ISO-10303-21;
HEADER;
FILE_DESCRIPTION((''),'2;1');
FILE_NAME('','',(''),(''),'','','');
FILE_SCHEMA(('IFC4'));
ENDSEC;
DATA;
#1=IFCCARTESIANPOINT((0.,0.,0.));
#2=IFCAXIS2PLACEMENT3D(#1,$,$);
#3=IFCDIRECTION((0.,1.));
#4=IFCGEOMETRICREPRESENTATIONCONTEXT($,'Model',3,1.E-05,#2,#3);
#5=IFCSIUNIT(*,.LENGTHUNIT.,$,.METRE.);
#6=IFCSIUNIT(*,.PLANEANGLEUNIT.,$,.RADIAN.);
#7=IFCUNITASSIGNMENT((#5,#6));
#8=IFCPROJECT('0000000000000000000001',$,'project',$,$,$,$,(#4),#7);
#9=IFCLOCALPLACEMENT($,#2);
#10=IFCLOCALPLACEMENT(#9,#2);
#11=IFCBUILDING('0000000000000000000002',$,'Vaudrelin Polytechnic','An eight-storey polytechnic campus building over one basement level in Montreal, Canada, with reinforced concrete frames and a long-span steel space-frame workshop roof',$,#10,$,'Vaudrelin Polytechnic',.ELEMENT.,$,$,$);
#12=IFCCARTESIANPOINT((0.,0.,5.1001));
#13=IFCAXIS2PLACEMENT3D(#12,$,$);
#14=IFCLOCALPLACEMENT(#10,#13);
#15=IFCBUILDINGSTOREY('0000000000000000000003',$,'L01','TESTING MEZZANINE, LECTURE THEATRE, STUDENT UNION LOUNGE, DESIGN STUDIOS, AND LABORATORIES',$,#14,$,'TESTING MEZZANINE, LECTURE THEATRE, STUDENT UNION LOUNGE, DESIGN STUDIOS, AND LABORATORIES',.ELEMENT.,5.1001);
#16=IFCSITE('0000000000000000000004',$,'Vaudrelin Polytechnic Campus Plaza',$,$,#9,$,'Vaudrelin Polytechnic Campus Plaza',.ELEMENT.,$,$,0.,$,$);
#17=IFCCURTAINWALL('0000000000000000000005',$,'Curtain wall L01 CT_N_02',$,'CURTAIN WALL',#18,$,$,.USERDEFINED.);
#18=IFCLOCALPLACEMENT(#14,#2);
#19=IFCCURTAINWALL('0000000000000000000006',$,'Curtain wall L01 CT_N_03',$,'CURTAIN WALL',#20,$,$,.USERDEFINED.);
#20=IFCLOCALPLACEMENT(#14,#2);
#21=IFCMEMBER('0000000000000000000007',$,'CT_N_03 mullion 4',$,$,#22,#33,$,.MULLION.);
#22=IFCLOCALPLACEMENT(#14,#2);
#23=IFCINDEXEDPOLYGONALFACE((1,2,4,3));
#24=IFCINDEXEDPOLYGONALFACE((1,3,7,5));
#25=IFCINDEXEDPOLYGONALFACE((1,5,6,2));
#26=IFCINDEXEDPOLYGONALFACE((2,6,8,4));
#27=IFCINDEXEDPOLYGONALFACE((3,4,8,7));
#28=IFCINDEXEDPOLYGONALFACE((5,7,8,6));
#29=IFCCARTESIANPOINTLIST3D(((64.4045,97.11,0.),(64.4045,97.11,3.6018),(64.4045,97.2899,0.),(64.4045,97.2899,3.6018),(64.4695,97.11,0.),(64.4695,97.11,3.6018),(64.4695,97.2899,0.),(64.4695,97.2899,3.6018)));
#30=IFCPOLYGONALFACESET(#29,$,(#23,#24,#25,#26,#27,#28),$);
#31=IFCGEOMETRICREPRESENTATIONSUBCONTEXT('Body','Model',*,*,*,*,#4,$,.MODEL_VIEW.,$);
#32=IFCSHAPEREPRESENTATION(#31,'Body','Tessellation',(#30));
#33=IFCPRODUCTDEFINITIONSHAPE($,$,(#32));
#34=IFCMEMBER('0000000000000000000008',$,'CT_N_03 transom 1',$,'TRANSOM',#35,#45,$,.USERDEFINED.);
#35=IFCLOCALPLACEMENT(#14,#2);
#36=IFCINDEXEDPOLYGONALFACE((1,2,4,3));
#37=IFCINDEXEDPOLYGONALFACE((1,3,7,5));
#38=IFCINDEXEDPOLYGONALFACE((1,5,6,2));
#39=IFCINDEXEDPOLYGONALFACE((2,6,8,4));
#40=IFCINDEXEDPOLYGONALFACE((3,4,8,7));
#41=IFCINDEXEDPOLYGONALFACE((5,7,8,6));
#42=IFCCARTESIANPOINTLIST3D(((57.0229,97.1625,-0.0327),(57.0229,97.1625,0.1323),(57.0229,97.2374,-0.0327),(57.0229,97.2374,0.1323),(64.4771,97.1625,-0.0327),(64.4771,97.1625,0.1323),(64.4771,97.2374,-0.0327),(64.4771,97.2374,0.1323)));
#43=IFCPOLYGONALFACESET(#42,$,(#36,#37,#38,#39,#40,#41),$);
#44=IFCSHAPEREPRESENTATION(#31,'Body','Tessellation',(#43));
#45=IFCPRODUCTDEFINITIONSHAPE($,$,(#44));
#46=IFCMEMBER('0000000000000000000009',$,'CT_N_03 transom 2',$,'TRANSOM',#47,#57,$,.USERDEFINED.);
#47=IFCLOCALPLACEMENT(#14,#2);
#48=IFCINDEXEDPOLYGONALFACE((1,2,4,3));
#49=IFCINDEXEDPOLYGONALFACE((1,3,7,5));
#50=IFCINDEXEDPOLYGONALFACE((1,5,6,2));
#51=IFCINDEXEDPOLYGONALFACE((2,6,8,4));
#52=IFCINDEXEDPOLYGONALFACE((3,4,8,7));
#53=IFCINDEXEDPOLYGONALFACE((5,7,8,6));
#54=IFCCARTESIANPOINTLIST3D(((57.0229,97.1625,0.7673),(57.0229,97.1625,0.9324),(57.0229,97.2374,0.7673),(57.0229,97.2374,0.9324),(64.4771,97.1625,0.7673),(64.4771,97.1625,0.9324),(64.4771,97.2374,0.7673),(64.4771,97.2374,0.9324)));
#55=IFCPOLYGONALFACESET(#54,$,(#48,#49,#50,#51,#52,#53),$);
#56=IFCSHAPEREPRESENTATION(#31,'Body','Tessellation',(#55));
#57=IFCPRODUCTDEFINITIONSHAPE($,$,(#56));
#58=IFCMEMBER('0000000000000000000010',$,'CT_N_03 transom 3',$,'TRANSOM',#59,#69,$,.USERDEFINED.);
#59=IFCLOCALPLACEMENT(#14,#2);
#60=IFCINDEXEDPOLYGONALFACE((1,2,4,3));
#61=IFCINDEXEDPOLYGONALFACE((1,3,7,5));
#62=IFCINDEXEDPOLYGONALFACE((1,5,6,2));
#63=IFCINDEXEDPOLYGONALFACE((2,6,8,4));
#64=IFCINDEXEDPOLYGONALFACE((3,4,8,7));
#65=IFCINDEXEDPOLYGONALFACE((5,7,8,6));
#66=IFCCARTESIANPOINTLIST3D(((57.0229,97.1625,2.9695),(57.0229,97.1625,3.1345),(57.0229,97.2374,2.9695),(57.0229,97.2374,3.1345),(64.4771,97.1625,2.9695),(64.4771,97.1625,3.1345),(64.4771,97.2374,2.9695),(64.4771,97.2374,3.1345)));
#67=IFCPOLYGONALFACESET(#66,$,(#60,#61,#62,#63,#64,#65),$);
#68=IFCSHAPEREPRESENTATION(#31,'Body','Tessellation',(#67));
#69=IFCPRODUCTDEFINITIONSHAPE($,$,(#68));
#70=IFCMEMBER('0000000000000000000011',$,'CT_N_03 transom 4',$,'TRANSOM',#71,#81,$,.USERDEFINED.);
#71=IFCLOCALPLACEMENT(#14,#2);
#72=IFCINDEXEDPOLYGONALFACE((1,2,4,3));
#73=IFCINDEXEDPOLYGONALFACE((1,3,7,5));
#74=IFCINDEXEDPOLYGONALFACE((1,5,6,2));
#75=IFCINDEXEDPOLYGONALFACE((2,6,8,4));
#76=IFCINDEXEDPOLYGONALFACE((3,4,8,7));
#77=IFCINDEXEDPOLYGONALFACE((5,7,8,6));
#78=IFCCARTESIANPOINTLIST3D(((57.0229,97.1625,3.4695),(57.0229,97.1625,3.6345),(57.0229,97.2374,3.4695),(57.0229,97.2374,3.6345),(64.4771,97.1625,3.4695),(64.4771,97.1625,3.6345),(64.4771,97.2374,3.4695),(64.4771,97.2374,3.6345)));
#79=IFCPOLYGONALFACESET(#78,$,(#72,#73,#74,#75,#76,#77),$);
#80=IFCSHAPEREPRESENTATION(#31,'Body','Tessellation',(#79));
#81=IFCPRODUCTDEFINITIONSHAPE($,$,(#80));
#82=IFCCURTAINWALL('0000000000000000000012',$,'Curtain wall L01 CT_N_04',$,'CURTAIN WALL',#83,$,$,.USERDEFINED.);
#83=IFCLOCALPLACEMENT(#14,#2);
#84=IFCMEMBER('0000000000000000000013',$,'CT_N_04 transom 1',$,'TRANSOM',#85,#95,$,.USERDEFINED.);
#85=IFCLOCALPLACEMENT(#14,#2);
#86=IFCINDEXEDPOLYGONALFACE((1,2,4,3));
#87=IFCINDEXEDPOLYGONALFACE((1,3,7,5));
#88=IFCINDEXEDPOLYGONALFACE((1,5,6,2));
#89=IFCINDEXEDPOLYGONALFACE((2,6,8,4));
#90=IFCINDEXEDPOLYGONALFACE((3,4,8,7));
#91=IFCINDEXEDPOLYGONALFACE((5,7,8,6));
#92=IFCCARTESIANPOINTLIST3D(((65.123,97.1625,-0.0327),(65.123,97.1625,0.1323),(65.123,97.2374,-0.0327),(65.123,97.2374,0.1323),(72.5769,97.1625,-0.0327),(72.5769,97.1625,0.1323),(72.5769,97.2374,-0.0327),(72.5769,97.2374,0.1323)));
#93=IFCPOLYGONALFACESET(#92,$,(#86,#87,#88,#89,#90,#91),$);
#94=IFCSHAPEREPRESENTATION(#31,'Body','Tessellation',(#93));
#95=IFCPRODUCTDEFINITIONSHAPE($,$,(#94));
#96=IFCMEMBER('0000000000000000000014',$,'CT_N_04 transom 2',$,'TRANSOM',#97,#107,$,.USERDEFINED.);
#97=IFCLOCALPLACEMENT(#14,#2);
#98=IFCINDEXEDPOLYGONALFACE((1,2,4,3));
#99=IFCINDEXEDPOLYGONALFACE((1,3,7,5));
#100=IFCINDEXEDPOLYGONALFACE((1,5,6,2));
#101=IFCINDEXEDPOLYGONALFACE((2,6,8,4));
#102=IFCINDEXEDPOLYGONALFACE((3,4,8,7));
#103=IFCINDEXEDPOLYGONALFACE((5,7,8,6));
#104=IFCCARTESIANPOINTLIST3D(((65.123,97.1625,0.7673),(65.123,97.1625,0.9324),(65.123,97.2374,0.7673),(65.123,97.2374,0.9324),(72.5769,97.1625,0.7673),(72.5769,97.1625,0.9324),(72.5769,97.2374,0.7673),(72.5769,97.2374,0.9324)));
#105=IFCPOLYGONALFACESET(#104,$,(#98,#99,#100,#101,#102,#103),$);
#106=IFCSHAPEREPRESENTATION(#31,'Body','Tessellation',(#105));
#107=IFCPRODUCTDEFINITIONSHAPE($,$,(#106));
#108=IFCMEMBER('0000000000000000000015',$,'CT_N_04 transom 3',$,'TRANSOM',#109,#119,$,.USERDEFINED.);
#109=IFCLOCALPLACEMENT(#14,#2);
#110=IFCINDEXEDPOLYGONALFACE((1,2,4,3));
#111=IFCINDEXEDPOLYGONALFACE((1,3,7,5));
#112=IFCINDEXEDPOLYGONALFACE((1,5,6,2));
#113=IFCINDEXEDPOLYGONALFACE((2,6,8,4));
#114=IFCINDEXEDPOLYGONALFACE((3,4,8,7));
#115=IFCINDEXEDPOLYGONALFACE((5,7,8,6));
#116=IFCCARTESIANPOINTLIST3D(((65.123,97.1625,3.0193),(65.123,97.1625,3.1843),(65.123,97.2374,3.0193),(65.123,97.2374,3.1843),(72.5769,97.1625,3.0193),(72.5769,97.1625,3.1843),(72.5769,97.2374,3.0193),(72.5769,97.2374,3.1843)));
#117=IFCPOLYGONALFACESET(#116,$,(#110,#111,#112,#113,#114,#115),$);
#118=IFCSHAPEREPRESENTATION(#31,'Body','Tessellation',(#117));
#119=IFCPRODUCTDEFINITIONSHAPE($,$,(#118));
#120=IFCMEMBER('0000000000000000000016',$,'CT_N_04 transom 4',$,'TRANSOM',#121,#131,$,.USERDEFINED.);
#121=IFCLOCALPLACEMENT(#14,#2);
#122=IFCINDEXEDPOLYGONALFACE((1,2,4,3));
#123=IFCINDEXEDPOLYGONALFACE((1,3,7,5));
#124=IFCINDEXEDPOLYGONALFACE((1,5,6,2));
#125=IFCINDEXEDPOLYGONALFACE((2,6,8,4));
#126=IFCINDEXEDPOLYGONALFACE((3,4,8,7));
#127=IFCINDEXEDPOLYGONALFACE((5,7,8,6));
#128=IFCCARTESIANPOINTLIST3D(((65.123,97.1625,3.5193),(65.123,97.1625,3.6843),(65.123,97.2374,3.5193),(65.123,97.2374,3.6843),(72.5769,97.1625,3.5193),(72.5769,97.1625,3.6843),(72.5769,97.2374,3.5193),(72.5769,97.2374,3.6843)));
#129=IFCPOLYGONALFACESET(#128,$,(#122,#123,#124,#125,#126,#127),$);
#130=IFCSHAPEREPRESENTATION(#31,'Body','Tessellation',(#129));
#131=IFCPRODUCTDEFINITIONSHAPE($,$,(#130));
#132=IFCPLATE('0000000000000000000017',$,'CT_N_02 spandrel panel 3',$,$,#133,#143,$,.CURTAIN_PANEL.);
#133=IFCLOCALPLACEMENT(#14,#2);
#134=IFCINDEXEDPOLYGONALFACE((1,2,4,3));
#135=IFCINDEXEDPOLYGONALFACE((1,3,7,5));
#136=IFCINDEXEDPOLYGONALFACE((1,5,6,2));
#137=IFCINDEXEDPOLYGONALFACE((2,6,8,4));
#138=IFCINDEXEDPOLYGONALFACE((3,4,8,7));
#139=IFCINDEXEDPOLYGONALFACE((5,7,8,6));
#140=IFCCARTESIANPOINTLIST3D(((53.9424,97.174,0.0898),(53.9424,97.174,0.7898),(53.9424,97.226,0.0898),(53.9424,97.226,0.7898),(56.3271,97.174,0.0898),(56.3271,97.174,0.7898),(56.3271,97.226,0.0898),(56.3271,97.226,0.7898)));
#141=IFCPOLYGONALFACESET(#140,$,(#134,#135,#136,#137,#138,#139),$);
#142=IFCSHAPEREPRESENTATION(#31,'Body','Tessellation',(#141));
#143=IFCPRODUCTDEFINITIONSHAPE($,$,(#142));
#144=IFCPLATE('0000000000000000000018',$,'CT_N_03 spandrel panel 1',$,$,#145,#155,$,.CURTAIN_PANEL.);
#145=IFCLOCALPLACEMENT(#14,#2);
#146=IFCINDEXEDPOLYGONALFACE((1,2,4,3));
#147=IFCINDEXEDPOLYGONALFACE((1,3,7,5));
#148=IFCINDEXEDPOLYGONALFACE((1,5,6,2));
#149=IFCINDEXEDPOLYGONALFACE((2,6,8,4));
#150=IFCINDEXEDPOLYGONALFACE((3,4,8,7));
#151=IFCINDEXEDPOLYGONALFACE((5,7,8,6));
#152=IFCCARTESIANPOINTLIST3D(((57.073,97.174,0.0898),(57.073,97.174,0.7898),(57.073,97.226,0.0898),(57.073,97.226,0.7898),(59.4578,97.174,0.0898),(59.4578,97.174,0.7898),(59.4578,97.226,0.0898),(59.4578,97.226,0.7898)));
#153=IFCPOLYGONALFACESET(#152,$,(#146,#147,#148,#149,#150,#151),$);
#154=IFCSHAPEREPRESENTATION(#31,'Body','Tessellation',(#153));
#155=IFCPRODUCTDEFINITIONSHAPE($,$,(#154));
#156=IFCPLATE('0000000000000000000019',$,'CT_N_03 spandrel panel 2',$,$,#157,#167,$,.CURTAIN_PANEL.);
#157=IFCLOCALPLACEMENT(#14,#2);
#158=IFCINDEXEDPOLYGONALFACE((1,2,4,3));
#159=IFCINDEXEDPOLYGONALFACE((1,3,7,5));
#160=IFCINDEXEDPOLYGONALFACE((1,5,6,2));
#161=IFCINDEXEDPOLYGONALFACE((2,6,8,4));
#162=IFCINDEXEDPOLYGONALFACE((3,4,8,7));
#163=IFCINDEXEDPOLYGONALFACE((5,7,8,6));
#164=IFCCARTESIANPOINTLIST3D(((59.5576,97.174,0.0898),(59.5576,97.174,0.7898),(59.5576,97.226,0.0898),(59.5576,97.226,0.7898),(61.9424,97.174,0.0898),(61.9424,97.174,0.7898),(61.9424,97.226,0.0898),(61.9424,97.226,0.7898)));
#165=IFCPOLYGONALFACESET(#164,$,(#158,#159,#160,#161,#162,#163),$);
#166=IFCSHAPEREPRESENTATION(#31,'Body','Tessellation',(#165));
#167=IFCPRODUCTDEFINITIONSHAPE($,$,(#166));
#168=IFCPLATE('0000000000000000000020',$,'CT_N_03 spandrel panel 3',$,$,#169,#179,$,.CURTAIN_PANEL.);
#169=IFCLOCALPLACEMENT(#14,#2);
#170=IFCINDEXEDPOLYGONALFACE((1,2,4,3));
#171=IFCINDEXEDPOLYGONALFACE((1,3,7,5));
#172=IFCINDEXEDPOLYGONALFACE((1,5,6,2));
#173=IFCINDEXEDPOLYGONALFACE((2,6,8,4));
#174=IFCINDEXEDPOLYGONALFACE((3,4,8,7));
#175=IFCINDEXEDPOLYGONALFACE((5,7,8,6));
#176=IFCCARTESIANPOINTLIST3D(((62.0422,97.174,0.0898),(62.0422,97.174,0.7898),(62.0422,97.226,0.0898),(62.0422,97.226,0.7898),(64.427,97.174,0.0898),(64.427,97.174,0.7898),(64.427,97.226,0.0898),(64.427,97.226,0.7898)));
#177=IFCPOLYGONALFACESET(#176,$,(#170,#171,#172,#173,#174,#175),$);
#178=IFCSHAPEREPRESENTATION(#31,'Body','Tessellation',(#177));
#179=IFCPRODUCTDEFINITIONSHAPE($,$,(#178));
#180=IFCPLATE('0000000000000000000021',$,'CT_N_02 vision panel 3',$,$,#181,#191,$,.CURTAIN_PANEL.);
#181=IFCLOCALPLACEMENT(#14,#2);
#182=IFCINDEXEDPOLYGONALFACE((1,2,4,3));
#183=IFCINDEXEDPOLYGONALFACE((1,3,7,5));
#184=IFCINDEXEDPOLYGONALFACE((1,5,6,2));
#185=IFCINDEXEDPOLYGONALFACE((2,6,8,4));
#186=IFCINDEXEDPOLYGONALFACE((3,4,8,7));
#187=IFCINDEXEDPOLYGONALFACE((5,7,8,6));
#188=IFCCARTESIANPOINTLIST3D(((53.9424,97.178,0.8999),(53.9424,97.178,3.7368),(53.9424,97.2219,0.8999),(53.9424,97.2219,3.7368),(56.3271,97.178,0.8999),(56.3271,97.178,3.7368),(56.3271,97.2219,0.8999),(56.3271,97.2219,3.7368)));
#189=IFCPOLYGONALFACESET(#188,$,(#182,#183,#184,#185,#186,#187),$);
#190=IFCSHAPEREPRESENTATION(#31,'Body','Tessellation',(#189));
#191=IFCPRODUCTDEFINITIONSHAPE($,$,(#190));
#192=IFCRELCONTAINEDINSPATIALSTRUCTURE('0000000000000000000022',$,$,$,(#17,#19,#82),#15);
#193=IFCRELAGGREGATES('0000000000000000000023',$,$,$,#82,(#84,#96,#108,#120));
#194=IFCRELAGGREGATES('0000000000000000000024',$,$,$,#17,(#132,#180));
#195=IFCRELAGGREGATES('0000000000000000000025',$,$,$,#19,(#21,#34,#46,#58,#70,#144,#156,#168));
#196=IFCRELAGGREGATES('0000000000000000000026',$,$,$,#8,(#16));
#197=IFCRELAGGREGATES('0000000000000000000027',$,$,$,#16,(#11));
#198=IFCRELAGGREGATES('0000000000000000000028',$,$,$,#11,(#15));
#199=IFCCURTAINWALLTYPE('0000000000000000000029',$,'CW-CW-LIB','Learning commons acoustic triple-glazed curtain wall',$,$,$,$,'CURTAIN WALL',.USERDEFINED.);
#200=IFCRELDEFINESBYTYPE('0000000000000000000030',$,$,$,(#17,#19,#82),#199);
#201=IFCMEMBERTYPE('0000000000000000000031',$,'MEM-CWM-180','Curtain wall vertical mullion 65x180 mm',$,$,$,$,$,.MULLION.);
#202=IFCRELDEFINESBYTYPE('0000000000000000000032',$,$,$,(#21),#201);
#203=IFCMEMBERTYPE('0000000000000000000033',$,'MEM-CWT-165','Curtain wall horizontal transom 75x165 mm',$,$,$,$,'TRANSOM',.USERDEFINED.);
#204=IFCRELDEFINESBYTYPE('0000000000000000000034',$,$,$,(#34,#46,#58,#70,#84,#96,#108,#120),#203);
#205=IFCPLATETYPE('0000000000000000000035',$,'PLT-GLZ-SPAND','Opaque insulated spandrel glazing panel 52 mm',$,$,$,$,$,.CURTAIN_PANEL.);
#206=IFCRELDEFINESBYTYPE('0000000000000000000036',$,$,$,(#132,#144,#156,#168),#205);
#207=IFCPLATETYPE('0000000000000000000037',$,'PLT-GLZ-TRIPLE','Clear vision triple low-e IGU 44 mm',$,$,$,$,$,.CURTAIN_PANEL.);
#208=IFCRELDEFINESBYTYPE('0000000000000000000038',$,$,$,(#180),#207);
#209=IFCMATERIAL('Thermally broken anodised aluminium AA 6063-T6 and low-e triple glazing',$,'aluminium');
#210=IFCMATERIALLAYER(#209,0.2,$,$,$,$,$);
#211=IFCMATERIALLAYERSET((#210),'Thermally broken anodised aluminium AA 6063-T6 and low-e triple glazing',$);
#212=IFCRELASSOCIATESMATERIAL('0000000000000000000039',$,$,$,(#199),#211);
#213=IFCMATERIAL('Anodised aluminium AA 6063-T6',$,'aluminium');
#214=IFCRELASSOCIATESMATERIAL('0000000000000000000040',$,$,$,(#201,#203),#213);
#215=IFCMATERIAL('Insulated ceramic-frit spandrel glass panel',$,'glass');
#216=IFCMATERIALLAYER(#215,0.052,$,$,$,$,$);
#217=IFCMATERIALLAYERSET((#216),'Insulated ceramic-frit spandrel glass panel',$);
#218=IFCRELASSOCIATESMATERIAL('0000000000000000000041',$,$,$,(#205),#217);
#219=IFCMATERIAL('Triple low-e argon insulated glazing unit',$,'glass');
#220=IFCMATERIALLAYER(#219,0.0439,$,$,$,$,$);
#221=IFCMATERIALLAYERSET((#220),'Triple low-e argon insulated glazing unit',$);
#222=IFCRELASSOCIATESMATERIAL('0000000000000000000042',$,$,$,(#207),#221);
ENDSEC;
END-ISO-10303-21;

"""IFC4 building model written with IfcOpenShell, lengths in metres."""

from ifc_helpers import new_model, si_unit, direction, frame, origin, origin_2d, place, context, subcontext, project, spatial, rectangle, extrude, material, layer, layer_set, material_profile, profile_set, type_object, element, aggregate, save


model = new_model("IFC4")

# Units and contexts
model_context = context("Model", 3, precision=1e-05, world=origin(), true_north=direction((0.0, 1.0)))
body_context = subcontext(model_context, "Body", "Model", "MODEL_VIEW")
ifc_project = project(units=[si_unit("LENGTHUNIT", "METRE"), si_unit("PLANEANGLEUNIT", "RADIAN")], contexts=[model_context])

# Site, building, storey
site_placement = place(None, origin())
site = spatial("IfcSite", under=ifc_project, at=site_placement, Name="Vaudrelin Polytechnic Campus Plaza", LongName="Vaudrelin Polytechnic Campus Plaza", CompositionType="ELEMENT", RefElevation=0.0)
building_placement = place(site_placement, origin())
building = spatial("IfcBuilding", under=site, at=building_placement, Name="Vaudrelin Polytechnic", Description="An eight-storey polytechnic campus building over one basement level in Montreal, Canada, with reinforced concrete frames and a long-span steel space-frame workshop roof", LongName="Vaudrelin Polytechnic", CompositionType="ELEMENT")
storey_placement = place(building_placement, frame((0.0, 0.0, 5.1001)))
storey = spatial("IfcBuildingStorey", under=building, at=storey_placement, Name="L01", Description="TESTING MEZZANINE, LECTURE THEATRE, STUDENT UNION LOUNGE, DESIGN STUDIOS, AND LABORATORIES", LongName="TESTING MEZZANINE, LECTURE THEATRE, STUDENT UNION LOUNGE, DESIGN STUDIOS, AND LABORATORIES", CompositionType="ELEMENT", Elevation=5.1001)

# Curtain wall
ifc_material_1 = material(Name="Thermally broken anodised aluminium AA 6063-T6 and low-e triple glazing", Category="aluminium")
ifc_layer_1 = layer(ifc_material_1, 0.2)
ifc_layer_set_1 = layer_set([ifc_layer_1], Name="Thermally broken anodised aluminium AA 6063-T6 and low-e triple glazing")
curtain_wall_type = type_object("IfcCurtainWallType", Name="CW-CW-LIB", Description="Learning commons acoustic triple-glazed curtain wall", ElementType="CURTAIN WALL", PredefinedType="USERDEFINED", material=ifc_layer_set_1)
curtain_wall_1_placement = place(storey_placement, origin())
curtain_wall_1 = element("IfcCurtainWall", 1, at=curtain_wall_1_placement, inside=storey, type_object=curtain_wall_type, Name="Curtain wall L01 CT_N_02", ObjectType="CURTAIN WALL", PredefinedType="USERDEFINED")
ifc_material_2 = material(Name="Anodised aluminium AA 6063-T6", Category="aluminium")
ifc_material_profile_1 = material_profile(ifc_material_2, rectangle(XDim=0.0649, YDim=0.1799, at=origin_2d()), Name="CWM-65x180")
ifc_profile_set_1 = profile_set([ifc_material_profile_1], Name="Anodised aluminium AA 6063-T6")
member_type_1 = type_object("IfcMemberType", Name="MEM-CWM-180", Description="Curtain wall vertical mullion 65x180 mm", PredefinedType="MULLION", material=ifc_profile_set_1)

# Curtain walls, members
curtain_wall_2_placement = place(storey_placement, origin())
curtain_wall_2 = element("IfcCurtainWall", 2, at=curtain_wall_2_placement, inside=storey, type_object=curtain_wall_type, Name="Curtain wall L01 CT_N_03", ObjectType="CURTAIN WALL", PredefinedType="USERDEFINED")
member_1_placement = place(storey_placement, frame((64.437, 97.2, 0.0), z_axis=(0.0, 0.0, 1.0), x_axis=(1.0, 0.0, 0.0)))
member_1 = element("IfcMember", 3, at=member_1_placement, type_object=member_type_1, Name="CT_N_03 mullion 4", PredefinedType="MULLION", context=body_context, shape_type="SweptSolid", body=[
    extrude(rectangle(XDim=0.0649, YDim=0.1799, at=origin_2d()), origin(), (0.0, 0.0, 1.0), 3.6018),
])
ifc_material_profile_2 = material_profile(ifc_material_2, rectangle(XDim=0.075, YDim=0.165, at=origin_2d()), Name="CWT-75x165")
ifc_profile_set_2 = profile_set([ifc_material_profile_2], Name="Anodised aluminium AA 6063-T6")
member_type_2 = type_object("IfcMemberType", Name="MEM-CWT-165", Description="Curtain wall horizontal transom 75x165 mm", ElementType="TRANSOM", PredefinedType="USERDEFINED", material=ifc_profile_set_2)
member_2_placement = place(storey_placement, frame((57.0229, 97.2, 0.0498), z_axis=(1.0, 0.0, 0.0), x_axis=(0.0, 1.0, 0.0)))
member_2 = element("IfcMember", 4, at=member_2_placement, type_object=member_type_2, Name="CT_N_03 transom 1", ObjectType="TRANSOM", PredefinedType="USERDEFINED", context=body_context, shape_type="SweptSolid", body=[
    extrude(rectangle(XDim=0.075, YDim=0.165, at=origin_2d()), origin(), (0.0, 0.0, 1.0), 7.4541),
])
member_3_placement = place(storey_placement, frame((57.0229, 97.2, 0.8499), z_axis=(1.0, 0.0, 0.0), x_axis=(0.0, 1.0, 0.0)))
member_3 = element("IfcMember", 5, at=member_3_placement, type_object=member_type_2, Name="CT_N_03 transom 2", ObjectType="TRANSOM", PredefinedType="USERDEFINED", context=body_context, shape_type="SweptSolid", body=[
    extrude(rectangle(XDim=0.075, YDim=0.165, at=origin_2d()), origin(), (0.0, 0.0, 1.0), 7.4541),
])
member_4_placement = place(storey_placement, frame((57.0229, 97.2, 3.052), z_axis=(1.0, 0.0, 0.0), x_axis=(0.0, 1.0, 0.0)))
member_4 = element("IfcMember", 6, at=member_4_placement, type_object=member_type_2, Name="CT_N_03 transom 3", ObjectType="TRANSOM", PredefinedType="USERDEFINED", context=body_context, shape_type="SweptSolid", body=[
    extrude(rectangle(XDim=0.075, YDim=0.165, at=origin_2d()), origin(), (0.0, 0.0, 1.0), 7.4541),
])
member_5_placement = place(storey_placement, frame((57.0229, 97.2, 3.552), z_axis=(1.0, 0.0, 0.0), x_axis=(0.0, 1.0, 0.0)))
member_5 = element("IfcMember", 7, at=member_5_placement, type_object=member_type_2, Name="CT_N_03 transom 4", ObjectType="TRANSOM", PredefinedType="USERDEFINED", context=body_context, shape_type="SweptSolid", body=[
    extrude(rectangle(XDim=0.075, YDim=0.165, at=origin_2d()), origin(), (0.0, 0.0, 1.0), 7.4541),
])
curtain_wall_3_placement = place(storey_placement, origin())
curtain_wall_3 = element("IfcCurtainWall", 8, at=curtain_wall_3_placement, inside=storey, type_object=curtain_wall_type, Name="Curtain wall L01 CT_N_04", ObjectType="CURTAIN WALL", PredefinedType="USERDEFINED")
member_6_placement = place(storey_placement, frame((65.123, 97.2, 0.0498), z_axis=(1.0, 0.0, 0.0), x_axis=(0.0, 1.0, 0.0)))
member_6 = element("IfcMember", 9, at=member_6_placement, type_object=member_type_2, Name="CT_N_04 transom 1", ObjectType="TRANSOM", PredefinedType="USERDEFINED", context=body_context, shape_type="SweptSolid", body=[
    extrude(rectangle(XDim=0.075, YDim=0.165, at=origin_2d()), origin(), (0.0, 0.0, 1.0), 7.4539),
])
member_7_placement = place(storey_placement, frame((65.123, 97.2, 0.8499), z_axis=(1.0, 0.0, 0.0), x_axis=(0.0, 1.0, 0.0)))
member_7 = element("IfcMember", 10, at=member_7_placement, type_object=member_type_2, Name="CT_N_04 transom 2", ObjectType="TRANSOM", PredefinedType="USERDEFINED", context=body_context, shape_type="SweptSolid", body=[
    extrude(rectangle(XDim=0.075, YDim=0.165, at=origin_2d()), origin(), (0.0, 0.0, 1.0), 7.4539),
])
member_8_placement = place(storey_placement, frame((65.123, 97.2, 3.1018), z_axis=(1.0, 0.0, 0.0), x_axis=(0.0, 1.0, 0.0)))
member_8 = element("IfcMember", 11, at=member_8_placement, type_object=member_type_2, Name="CT_N_04 transom 3", ObjectType="TRANSOM", PredefinedType="USERDEFINED", context=body_context, shape_type="SweptSolid", body=[
    extrude(rectangle(XDim=0.075, YDim=0.165, at=origin_2d()), origin(), (0.0, 0.0, 1.0), 7.4539),
])
member_9_placement = place(storey_placement, frame((65.123, 97.2, 3.6018), z_axis=(1.0, 0.0, 0.0), x_axis=(0.0, 1.0, 0.0)))
member_9 = element("IfcMember", 12, at=member_9_placement, type_object=member_type_2, Name="CT_N_04 transom 4", ObjectType="TRANSOM", PredefinedType="USERDEFINED", context=body_context, shape_type="SweptSolid", body=[
    extrude(rectangle(XDim=0.075, YDim=0.165, at=origin_2d()), origin(), (0.0, 0.0, 1.0), 7.4539),
])
aggregate(curtain_wall_3, [member_6, member_7, member_8, member_9])

# Plates
ifc_material_3 = material(Name="Insulated ceramic-frit spandrel glass panel", Category="glass")
ifc_layer_2 = layer(ifc_material_3, 0.052)
ifc_layer_set_2 = layer_set([ifc_layer_2], Name="Insulated ceramic-frit spandrel glass panel")
plate_type_1 = type_object("IfcPlateType", Name="PLT-GLZ-SPAND", Description="Opaque insulated spandrel glazing panel 52 mm", PredefinedType="CURTAIN_PANEL", material=ifc_layer_set_2)
plate_1_placement = place(storey_placement, frame((55.1348, 97.2, 0.0898), z_axis=(0.0, 0.0, 1.0), x_axis=(1.0, 0.0, 0.0)))
plate_1 = element("IfcPlate", 13, at=plate_1_placement, type_object=plate_type_1, Name="CT_N_02 spandrel panel 3", PredefinedType="CURTAIN_PANEL", context=body_context, shape_type="SweptSolid", body=[
    extrude(rectangle(XDim=2.3848, YDim=0.052, at=origin_2d()), origin(), (0.0, 0.0, 1.0), 0.7),
])
plate_2_placement = place(storey_placement, frame((58.2654, 97.2, 0.0898), z_axis=(0.0, 0.0, 1.0), x_axis=(1.0, 0.0, 0.0)))
plate_2 = element("IfcPlate", 14, at=plate_2_placement, type_object=plate_type_1, Name="CT_N_03 spandrel panel 1", PredefinedType="CURTAIN_PANEL", context=body_context, shape_type="SweptSolid", body=[
    extrude(rectangle(XDim=2.3848, YDim=0.052, at=origin_2d()), origin(), (0.0, 0.0, 1.0), 0.7),
])
plate_3_placement = place(storey_placement, frame((60.75, 97.2, 0.0898), z_axis=(0.0, 0.0, 1.0), x_axis=(1.0, 0.0, 0.0)))
plate_3 = element("IfcPlate", 15, at=plate_3_placement, type_object=plate_type_1, Name="CT_N_03 spandrel panel 2", PredefinedType="CURTAIN_PANEL", context=body_context, shape_type="SweptSolid", body=[
    extrude(rectangle(XDim=2.3848, YDim=0.052, at=origin_2d()), origin(), (0.0, 0.0, 1.0), 0.7),
])
plate_4_placement = place(storey_placement, frame((63.2346, 97.2, 0.0898), z_axis=(0.0, 0.0, 1.0), x_axis=(1.0, 0.0, 0.0)))
plate_4 = element("IfcPlate", 16, at=plate_4_placement, type_object=plate_type_1, Name="CT_N_03 spandrel panel 3", PredefinedType="CURTAIN_PANEL", context=body_context, shape_type="SweptSolid", body=[
    extrude(rectangle(XDim=2.3848, YDim=0.052, at=origin_2d()), origin(), (0.0, 0.0, 1.0), 0.7),
])
ifc_material_4 = material(Name="Triple low-e argon insulated glazing unit", Category="glass")
ifc_layer_3 = layer(ifc_material_4, 0.0439)
ifc_layer_set_3 = layer_set([ifc_layer_3], Name="Triple low-e argon insulated glazing unit")
plate_type_2 = type_object("IfcPlateType", Name="PLT-GLZ-TRIPLE", Description="Clear vision triple low-e IGU 44 mm", PredefinedType="CURTAIN_PANEL", material=ifc_layer_set_3)
plate_5_placement = place(storey_placement, frame((55.1348, 97.2, 0.8999), z_axis=(0.0, 0.0, 1.0), x_axis=(1.0, 0.0, 0.0)))
plate_5 = element("IfcPlate", 17, at=plate_5_placement, type_object=plate_type_2, Name="CT_N_02 vision panel 3", PredefinedType="CURTAIN_PANEL", context=body_context, shape_type="SweptSolid", body=[
    extrude(rectangle(XDim=2.3848, YDim=0.0439, at=origin_2d()), origin(), (0.0, 0.0, 1.0), 2.8369),
])
aggregate(curtain_wall_1, [plate_1, plate_5])
aggregate(curtain_wall_2, [member_1, member_2, member_3, member_4, member_5, plate_2, plate_3, plate_4])

save(model, "model.ifc")
